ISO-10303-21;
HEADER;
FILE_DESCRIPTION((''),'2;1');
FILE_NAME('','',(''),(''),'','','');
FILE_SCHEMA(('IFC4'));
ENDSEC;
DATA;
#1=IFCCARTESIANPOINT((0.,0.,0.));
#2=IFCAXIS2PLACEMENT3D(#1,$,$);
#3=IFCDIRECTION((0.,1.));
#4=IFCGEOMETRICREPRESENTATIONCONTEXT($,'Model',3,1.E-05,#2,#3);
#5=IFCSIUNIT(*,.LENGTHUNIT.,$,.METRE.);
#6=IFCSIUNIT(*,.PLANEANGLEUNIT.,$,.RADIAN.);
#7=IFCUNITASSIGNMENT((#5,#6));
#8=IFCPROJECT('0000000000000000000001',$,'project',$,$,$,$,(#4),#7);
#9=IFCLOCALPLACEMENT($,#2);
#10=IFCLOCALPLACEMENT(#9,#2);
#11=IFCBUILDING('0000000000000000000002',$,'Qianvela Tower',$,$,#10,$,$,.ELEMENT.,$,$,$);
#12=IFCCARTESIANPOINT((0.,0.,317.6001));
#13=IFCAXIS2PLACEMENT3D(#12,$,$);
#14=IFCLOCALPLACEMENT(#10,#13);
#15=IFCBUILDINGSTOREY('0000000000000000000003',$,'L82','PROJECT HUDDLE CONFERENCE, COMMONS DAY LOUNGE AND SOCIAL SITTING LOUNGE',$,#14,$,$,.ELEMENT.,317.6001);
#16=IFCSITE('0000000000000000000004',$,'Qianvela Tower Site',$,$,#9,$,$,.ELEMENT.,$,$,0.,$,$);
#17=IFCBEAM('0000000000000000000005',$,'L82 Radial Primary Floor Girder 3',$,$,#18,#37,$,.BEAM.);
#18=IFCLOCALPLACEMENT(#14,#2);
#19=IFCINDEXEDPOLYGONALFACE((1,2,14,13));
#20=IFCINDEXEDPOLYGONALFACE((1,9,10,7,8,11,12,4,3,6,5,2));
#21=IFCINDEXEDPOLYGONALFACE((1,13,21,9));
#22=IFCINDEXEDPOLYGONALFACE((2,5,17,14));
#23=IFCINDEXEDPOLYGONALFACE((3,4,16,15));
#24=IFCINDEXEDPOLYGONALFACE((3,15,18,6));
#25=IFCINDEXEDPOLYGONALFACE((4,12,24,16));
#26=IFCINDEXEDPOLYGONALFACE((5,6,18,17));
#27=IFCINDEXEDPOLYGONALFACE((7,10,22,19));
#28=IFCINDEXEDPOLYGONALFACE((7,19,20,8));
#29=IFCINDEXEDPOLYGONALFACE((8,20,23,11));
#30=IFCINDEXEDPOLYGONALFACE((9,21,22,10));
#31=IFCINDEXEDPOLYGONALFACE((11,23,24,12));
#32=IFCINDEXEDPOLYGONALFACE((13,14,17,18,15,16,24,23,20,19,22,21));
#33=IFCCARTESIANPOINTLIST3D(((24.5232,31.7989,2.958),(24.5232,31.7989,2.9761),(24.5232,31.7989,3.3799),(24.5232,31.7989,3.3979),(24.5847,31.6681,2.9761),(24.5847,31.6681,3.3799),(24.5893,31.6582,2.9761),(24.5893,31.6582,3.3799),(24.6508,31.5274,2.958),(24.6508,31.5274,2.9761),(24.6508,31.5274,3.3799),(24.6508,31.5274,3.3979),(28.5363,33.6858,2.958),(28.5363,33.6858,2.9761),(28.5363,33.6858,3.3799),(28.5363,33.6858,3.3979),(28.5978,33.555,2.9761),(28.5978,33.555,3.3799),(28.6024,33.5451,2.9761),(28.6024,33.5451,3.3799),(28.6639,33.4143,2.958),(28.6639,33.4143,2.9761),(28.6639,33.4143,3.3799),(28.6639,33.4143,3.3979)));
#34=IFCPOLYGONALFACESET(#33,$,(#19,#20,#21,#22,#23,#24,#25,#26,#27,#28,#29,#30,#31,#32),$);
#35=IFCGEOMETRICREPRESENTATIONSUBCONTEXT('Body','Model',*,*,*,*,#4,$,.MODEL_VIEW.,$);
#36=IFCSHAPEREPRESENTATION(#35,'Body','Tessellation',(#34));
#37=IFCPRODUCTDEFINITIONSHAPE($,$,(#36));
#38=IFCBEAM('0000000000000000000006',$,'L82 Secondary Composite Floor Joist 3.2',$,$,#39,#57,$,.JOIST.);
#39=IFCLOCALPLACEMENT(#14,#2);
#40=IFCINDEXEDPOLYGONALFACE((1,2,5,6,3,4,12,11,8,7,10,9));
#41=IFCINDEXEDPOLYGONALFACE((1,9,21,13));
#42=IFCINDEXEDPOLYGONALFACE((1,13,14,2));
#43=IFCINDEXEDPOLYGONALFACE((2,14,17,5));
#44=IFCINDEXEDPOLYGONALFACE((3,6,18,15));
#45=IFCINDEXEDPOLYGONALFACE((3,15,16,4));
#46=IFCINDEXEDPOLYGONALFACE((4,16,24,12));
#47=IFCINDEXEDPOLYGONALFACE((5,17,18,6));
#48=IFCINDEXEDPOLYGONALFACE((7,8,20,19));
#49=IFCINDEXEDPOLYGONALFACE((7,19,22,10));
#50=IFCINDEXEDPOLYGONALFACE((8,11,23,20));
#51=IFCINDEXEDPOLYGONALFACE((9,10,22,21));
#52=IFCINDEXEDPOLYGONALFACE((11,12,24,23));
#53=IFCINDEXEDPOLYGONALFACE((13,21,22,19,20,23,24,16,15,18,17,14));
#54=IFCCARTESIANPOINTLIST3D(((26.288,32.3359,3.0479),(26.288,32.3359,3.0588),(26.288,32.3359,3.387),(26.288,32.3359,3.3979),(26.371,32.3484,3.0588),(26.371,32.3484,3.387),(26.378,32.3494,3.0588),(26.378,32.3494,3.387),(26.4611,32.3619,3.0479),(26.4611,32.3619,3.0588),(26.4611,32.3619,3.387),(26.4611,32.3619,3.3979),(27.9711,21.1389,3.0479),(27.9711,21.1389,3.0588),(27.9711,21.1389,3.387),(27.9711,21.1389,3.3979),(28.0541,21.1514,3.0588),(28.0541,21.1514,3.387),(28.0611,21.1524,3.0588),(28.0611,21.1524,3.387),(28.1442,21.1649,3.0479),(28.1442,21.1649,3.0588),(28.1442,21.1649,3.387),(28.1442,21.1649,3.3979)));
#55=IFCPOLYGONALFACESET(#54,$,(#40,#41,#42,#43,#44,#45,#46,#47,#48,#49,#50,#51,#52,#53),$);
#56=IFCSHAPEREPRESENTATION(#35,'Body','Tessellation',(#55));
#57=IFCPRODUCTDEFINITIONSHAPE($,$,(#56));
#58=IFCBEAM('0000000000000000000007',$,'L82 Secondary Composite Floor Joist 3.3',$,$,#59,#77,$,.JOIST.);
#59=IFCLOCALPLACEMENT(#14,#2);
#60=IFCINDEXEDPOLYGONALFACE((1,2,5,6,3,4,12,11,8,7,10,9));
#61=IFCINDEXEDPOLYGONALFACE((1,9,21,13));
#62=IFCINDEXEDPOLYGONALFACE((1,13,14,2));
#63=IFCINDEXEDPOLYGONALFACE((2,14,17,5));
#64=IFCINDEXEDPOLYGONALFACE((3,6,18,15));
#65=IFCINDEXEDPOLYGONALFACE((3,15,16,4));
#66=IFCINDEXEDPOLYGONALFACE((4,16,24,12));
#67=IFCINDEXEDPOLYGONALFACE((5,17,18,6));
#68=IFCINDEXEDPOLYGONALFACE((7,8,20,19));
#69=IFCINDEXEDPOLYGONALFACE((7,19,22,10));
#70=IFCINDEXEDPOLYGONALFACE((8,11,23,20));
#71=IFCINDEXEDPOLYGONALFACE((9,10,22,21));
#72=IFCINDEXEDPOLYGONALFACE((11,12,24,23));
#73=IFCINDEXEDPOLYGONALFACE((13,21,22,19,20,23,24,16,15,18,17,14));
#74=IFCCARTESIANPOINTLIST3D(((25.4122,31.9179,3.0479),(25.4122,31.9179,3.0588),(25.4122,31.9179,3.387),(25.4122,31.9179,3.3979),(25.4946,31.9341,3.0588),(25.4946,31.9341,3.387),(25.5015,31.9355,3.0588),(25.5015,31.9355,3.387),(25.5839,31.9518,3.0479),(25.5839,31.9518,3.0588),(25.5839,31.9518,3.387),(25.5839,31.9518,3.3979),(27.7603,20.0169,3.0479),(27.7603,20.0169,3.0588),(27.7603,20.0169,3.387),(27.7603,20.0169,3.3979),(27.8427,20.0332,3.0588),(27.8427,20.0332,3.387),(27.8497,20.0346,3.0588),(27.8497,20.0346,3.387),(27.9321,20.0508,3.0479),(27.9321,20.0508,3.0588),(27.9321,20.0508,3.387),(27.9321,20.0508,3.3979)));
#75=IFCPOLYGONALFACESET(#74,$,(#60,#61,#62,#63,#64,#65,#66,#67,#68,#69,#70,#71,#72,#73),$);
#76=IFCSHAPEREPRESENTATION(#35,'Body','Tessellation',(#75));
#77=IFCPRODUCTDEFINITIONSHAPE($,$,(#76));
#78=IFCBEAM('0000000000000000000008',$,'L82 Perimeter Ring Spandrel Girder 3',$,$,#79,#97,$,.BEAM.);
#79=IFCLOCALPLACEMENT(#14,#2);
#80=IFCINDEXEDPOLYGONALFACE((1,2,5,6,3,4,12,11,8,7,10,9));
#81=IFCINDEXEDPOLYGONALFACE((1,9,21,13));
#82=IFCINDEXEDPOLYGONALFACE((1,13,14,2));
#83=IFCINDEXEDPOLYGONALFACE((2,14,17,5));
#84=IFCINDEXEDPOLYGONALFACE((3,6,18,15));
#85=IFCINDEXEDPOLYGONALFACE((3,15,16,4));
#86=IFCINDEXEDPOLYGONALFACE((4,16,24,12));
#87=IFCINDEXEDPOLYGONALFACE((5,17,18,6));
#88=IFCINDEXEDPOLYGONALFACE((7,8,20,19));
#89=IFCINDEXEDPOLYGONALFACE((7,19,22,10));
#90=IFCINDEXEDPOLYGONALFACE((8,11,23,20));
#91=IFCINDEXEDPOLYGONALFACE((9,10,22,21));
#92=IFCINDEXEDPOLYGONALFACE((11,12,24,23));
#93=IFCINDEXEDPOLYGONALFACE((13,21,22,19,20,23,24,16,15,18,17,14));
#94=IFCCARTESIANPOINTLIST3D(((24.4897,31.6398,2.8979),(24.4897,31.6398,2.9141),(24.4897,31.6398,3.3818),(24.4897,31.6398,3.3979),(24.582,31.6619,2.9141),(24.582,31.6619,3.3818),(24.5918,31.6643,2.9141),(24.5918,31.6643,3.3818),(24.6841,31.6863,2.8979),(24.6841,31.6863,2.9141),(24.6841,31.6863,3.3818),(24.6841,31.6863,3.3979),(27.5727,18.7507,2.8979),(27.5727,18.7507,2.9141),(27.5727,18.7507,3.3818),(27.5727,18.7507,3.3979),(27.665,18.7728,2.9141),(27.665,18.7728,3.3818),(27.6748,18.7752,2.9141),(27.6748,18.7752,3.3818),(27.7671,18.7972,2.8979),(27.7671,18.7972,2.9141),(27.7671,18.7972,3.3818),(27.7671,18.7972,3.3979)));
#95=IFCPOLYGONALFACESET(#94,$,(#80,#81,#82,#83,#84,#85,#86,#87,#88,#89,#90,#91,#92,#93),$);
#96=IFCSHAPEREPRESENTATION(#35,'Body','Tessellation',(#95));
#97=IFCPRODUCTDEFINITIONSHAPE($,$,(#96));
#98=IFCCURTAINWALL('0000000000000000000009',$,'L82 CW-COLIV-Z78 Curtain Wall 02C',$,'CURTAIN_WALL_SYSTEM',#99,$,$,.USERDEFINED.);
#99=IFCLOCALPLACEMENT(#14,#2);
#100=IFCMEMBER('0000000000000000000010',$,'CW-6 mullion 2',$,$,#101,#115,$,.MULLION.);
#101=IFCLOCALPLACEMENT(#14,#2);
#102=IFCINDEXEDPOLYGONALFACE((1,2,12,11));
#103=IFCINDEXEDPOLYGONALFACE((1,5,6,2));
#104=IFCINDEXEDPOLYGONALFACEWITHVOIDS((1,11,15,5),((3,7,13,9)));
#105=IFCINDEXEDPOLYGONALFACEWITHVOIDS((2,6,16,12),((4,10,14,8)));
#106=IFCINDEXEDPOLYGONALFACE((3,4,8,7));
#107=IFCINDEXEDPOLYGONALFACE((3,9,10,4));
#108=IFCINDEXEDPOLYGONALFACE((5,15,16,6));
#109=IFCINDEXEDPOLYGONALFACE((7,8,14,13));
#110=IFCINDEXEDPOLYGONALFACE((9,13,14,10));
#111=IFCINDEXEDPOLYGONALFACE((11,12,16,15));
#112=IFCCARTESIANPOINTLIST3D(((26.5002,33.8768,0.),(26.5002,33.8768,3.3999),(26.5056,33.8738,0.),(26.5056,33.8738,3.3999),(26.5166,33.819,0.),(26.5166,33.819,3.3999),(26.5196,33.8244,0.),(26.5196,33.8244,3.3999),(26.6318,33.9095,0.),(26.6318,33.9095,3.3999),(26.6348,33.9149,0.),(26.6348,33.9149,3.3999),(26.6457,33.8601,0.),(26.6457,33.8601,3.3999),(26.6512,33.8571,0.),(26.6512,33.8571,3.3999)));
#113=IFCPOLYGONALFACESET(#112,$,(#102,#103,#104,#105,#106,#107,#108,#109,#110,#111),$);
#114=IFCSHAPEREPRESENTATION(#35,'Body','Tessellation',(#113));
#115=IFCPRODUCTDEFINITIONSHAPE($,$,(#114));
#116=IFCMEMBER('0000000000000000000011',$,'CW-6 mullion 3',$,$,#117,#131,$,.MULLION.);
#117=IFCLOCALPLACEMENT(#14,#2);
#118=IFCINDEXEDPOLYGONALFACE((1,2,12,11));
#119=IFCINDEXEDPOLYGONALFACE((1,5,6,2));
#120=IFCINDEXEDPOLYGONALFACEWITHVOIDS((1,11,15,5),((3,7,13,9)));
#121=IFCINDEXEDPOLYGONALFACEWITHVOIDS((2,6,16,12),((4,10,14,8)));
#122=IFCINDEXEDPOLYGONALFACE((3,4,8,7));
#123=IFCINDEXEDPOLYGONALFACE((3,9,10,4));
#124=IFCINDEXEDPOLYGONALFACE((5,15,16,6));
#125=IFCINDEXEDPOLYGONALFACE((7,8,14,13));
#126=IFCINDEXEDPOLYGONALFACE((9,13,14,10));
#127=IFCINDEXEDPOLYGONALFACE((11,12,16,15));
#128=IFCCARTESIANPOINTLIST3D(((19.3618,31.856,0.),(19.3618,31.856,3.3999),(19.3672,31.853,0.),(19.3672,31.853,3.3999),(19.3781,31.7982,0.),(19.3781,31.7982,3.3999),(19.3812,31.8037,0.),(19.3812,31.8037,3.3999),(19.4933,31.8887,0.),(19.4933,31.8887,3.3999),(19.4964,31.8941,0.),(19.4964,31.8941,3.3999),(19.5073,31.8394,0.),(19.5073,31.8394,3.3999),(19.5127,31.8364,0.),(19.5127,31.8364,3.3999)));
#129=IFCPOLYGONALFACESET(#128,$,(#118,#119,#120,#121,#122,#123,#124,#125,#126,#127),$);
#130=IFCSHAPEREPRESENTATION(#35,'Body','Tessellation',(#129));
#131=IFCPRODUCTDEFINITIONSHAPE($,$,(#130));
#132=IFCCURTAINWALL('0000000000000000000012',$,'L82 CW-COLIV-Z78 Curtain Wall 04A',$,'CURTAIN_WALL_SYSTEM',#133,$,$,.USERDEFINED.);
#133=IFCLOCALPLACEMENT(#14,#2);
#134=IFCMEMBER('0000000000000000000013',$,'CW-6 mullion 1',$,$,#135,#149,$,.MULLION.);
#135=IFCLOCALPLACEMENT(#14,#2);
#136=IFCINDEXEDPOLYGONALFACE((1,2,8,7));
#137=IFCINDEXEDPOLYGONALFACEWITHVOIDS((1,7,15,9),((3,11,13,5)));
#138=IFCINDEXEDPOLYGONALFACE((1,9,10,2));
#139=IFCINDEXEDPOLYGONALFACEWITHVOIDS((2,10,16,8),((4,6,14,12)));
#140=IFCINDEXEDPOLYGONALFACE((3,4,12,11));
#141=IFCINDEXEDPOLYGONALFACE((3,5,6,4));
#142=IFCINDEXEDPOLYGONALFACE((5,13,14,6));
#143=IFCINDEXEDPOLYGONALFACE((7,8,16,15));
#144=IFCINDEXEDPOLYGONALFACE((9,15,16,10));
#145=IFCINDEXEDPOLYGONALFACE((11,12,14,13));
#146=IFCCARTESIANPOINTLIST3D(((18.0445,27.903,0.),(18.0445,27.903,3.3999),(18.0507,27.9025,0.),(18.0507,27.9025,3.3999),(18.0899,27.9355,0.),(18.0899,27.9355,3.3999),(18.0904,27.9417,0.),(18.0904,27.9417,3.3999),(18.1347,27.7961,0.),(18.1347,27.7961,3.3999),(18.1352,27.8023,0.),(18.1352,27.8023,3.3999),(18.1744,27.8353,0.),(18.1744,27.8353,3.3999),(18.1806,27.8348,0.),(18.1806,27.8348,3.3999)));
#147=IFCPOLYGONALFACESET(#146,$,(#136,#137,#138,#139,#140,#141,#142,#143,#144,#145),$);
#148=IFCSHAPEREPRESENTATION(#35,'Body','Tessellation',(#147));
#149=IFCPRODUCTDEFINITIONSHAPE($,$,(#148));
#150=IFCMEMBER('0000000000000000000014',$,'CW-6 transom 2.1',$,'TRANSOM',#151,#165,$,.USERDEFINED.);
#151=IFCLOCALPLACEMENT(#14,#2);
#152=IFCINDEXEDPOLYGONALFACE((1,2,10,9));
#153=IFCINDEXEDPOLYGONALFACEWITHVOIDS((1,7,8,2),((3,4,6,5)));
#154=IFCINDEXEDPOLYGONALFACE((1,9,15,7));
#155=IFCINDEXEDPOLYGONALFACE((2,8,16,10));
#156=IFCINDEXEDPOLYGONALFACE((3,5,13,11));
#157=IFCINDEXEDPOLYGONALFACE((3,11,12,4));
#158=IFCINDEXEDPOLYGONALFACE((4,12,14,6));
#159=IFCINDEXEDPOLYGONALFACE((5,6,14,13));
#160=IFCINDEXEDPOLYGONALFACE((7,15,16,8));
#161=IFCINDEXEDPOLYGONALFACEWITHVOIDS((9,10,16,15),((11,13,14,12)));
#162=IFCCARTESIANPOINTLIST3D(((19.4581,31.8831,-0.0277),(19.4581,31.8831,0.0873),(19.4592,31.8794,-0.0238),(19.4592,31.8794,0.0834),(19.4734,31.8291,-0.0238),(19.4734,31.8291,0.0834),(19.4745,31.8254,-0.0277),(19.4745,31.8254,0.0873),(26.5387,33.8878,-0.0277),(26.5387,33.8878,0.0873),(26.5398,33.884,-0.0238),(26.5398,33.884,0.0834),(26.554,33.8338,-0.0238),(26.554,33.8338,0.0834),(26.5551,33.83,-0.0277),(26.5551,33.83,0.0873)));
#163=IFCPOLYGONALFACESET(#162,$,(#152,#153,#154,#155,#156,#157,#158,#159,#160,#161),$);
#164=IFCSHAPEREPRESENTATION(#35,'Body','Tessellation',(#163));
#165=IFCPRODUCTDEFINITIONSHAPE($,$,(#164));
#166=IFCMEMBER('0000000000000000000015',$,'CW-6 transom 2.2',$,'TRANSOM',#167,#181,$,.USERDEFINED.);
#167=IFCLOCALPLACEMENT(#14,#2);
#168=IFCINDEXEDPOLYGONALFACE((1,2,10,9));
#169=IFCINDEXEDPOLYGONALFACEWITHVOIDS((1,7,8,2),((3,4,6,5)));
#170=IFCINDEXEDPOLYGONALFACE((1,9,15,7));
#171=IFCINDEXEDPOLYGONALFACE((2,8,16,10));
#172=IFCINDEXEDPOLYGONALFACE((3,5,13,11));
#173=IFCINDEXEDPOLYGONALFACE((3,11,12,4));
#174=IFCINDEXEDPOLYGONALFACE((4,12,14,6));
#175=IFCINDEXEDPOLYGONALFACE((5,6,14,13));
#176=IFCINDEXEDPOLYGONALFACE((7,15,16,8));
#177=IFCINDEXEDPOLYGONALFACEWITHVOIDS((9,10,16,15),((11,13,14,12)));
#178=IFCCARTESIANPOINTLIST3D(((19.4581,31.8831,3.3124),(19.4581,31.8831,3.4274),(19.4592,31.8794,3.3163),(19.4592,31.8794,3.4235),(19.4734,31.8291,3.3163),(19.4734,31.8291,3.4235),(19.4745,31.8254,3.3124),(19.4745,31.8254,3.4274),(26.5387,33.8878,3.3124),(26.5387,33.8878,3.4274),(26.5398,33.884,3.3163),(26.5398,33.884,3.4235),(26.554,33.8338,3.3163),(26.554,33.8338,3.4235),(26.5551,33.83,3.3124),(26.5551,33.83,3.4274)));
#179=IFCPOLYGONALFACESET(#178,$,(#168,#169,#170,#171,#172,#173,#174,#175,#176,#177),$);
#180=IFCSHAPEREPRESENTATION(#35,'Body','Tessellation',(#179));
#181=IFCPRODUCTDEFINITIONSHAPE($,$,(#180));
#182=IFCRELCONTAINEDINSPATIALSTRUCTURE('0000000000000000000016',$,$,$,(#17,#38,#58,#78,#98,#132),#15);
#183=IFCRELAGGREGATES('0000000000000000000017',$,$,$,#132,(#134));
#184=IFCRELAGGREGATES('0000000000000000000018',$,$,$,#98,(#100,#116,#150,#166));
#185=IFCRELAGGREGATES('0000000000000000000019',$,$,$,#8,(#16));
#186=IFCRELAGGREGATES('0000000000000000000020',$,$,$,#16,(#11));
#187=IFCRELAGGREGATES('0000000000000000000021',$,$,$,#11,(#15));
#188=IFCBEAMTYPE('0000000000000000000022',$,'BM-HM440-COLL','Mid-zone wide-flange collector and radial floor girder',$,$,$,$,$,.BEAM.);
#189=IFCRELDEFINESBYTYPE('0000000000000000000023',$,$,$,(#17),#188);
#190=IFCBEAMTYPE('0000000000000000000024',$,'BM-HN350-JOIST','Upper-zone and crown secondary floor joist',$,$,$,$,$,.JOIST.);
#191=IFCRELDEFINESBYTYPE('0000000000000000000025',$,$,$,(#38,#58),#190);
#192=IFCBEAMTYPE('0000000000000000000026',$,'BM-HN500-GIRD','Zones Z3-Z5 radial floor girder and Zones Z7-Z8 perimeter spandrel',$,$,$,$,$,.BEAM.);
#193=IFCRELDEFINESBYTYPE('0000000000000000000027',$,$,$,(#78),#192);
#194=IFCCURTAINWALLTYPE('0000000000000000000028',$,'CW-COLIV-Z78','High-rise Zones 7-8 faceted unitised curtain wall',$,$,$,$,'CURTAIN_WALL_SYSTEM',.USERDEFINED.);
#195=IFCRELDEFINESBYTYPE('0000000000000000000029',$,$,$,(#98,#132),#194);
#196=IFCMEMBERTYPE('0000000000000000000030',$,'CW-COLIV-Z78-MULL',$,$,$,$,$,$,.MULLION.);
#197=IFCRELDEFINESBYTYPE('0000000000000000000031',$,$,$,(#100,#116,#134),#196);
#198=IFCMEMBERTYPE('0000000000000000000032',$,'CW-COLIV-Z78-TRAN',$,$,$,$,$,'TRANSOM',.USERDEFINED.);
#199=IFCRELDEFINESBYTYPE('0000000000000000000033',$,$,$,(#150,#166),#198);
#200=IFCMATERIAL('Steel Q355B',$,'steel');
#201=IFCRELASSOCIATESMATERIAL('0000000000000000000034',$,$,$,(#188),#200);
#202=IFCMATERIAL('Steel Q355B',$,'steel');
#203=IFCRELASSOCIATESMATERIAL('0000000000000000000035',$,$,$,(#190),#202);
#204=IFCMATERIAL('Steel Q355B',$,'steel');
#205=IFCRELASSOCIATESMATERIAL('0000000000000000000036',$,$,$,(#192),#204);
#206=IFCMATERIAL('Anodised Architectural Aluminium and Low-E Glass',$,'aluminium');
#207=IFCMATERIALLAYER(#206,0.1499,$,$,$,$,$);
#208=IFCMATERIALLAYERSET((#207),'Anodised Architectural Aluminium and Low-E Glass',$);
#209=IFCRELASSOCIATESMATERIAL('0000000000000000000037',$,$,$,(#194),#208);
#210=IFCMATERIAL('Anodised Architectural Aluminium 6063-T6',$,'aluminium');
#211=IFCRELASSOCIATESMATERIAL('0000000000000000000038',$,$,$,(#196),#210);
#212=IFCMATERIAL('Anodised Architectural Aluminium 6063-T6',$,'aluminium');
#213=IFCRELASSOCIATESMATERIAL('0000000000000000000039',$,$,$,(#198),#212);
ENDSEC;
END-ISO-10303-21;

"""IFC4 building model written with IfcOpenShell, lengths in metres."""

from ifc_helpers import new_model, si_unit, direction, frame, origin, origin_2d, place, context, subcontext, project, spatial, hollow_rectangle, i_section, extrude, material, layer, layer_set, material_profile, profile_set, type_object, element, aggregate, save


model = new_model("IFC4")

# Units and contexts
model_context = context("Model", 3, precision=1e-05, world=origin(), true_north=direction((0.0, 1.0)))
body_context = subcontext(model_context, "Body", "Model", "MODEL_VIEW")
ifc_project = project(units=[si_unit("LENGTHUNIT", "METRE"), si_unit("PLANEANGLEUNIT", "RADIAN")], contexts=[model_context])

# Site, building, storey
site_placement = place(None, origin())
site = spatial("IfcSite", under=ifc_project, at=site_placement, Name="Qianvela Tower Site", CompositionType="ELEMENT", RefElevation=0.0)
building_placement = place(site_placement, origin())
building = spatial("IfcBuilding", under=site, at=building_placement, Name="Qianvela Tower", CompositionType="ELEMENT")
storey_placement = place(building_placement, frame((0.0, 0.0, 317.6001)))
storey = spatial("IfcBuildingStorey", under=building, at=storey_placement, Name="L82", Description="PROJECT HUDDLE CONFERENCE, COMMONS DAY LOUNGE AND SOCIAL SITTING LOUNGE", CompositionType="ELEMENT", Elevation=317.6001)

# Beams
ifc_material_1 = material(Name="Steel Q355B", Category="steel")
ifc_material_profile_1 = material_profile(ifc_material_1, i_section(OverallWidth=0.3, OverallDepth=0.4399, WebThickness=0.011, FlangeThickness=0.0181, at=origin_2d()), Name="HM440x300x11x18")
ifc_profile_set_1 = profile_set([ifc_material_profile_1], Name="Steel Q355B")
beam_type_1 = type_object("IfcBeamType", Name="BM-HM440-COLL", Description="Mid-zone wide-flange collector and radial floor girder", PredefinedType="BEAM", material=ifc_profile_set_1)
beam_1_placement = place(storey_placement, frame((28.6001, 33.55, 3.178), z_axis=(-0.904957, -0.425503, 0.0), x_axis=(0.425503, -0.904957, 0.0)))
element("IfcBeam", 1, at=beam_1_placement, inside=storey, type_object=beam_type_1, Name="L82 Radial Primary Floor Girder 3", PredefinedType="BEAM", context=body_context, shape_type="SweptSolid", body=[
    extrude(i_section(OverallWidth=0.3, OverallDepth=0.4399, WebThickness=0.011, FlangeThickness=0.0181, at=origin_2d()), origin(), (0.0, 0.0, 1.0), 4.4346),
])
ifc_material_2 = material(Name="Steel Q355B", Category="steel")
ifc_material_profile_2 = material_profile(ifc_material_2, i_section(OverallWidth=0.175, OverallDepth=0.3501, WebThickness=0.0071, FlangeThickness=0.011, at=origin_2d()), Name="HN350x175x7x11")
ifc_profile_set_2 = profile_set([ifc_material_profile_2], Name="Steel Q355B")
beam_type_2 = type_object("IfcBeamType", Name="BM-HN350-JOIST", Description="Upper-zone and crown secondary floor joist", PredefinedType="JOIST", material=ifc_profile_set_2)
beam_2_placement = place(storey_placement, frame((26.3745, 32.3489, 3.2229), z_axis=(0.148647, -0.98889, 0.0), x_axis=(0.98889, 0.148647, 0.0)))
element("IfcBeam", 2, at=beam_2_placement, inside=storey, type_object=beam_type_2, Name="L82 Secondary Composite Floor Joist 3.2", PredefinedType="JOIST", context=body_context, shape_type="SweptSolid", body=[
    extrude(i_section(OverallWidth=0.175, OverallDepth=0.3501, WebThickness=0.0071, FlangeThickness=0.011, at=origin_2d()), origin(), (0.0, 0.0, 1.0), 11.3228),
])
beam_3_placement = place(storey_placement, frame((25.498, 31.9348, 3.2229), z_axis=(0.193576, -0.981085, 0.0), x_axis=(0.981085, 0.193576, 0.0)))
element("IfcBeam", 3, at=beam_3_placement, inside=storey, type_object=beam_type_2, Name="L82 Secondary Composite Floor Joist 3.3", PredefinedType="JOIST", context=body_context, shape_type="SweptSolid", body=[
    extrude(i_section(OverallWidth=0.175, OverallDepth=0.3501, WebThickness=0.0071, FlangeThickness=0.011, at=origin_2d()), origin(), (0.0, 0.0, 1.0), 12.1304),
])
ifc_material_3 = material(Name="Steel Q355B", Category="steel")
ifc_material_profile_3 = material_profile(ifc_material_3, i_section(OverallWidth=0.2, OverallDepth=0.5, WebThickness=0.01, FlangeThickness=0.0161, at=origin_2d()), Name="HN500x200x10x16")
ifc_profile_set_3 = profile_set([ifc_material_profile_3], Name="Steel Q355B")
beam_type_3 = type_object("IfcBeamType", Name="BM-HN500-GIRD", Description="Zones Z3-Z5 radial floor girder and Zones Z7-Z8 perimeter spandrel", PredefinedType="BEAM", material=ifc_profile_set_3)
beam_4_placement = place(storey_placement, frame((24.5869, 31.6631, 3.1479), z_axis=(0.232632, -0.972565, 0.0), x_axis=(0.972565, 0.232632, 0.0)))
element("IfcBeam", 4, at=beam_4_placement, inside=storey, type_object=beam_type_3, Name="L82 Perimeter Ring Spandrel Girder 3", PredefinedType="BEAM", context=body_context, shape_type="SweptSolid", body=[
    extrude(i_section(OverallWidth=0.2, OverallDepth=0.5, WebThickness=0.01, FlangeThickness=0.0161, at=origin_2d()), origin(), (0.0, 0.0, 1.0), 13.2527),
])

# Curtain wall, members
ifc_material_4 = material(Name="Anodised Architectural Aluminium and Low-E Glass", Category="aluminium")
ifc_layer_1 = layer(ifc_material_4, 0.1499)
ifc_layer_set_1 = layer_set([ifc_layer_1], Name="Anodised Architectural Aluminium and Low-E Glass")
curtain_wall_type = type_object("IfcCurtainWallType", Name="CW-COLIV-Z78", Description="High-rise Zones 7-8 faceted unitised curtain wall", ElementType="CURTAIN_WALL_SYSTEM", PredefinedType="USERDEFINED", material=ifc_layer_set_1)
curtain_wall_1_placement = place(storey_placement, origin())
curtain_wall_1 = element("IfcCurtainWall", 5, at=curtain_wall_1_placement, inside=storey, type_object=curtain_wall_type, Name="L82 CW-COLIV-Z78 Curtain Wall 02C", ObjectType="CURTAIN_WALL_SYSTEM", PredefinedType="USERDEFINED")
ifc_material_5 = material(Name="Anodised Architectural Aluminium 6063-T6", Category="aluminium")
ifc_material_profile_4 = material_profile(ifc_material_5, hollow_rectangle(XDim=0.0601, YDim=0.1399, WallThickness=0.0044, at=origin_2d()), Name="ALU-MULL-60x140")
ifc_profile_set_4 = profile_set([ifc_material_profile_4], Name="Anodised Architectural Aluminium 6063-T6")
member_type_1 = type_object("IfcMemberType", Name="CW-COLIV-Z78-MULL", PredefinedType="MULLION", material=ifc_profile_set_4)
member_1_placement = place(storey_placement, frame((26.5757, 33.8669, 0.0), z_axis=(0.0, 0.0, 1.0), x_axis=(0.272401, -0.962184, 0.0)))
member_1 = element("IfcMember", 6, at=member_1_placement, type_object=member_type_1, Name="CW-6 mullion 2", PredefinedType="MULLION", context=body_context, shape_type="SweptSolid", body=[
    extrude(hollow_rectangle(XDim=0.0601, YDim=0.1399, WallThickness=0.0044, at=origin_2d()), origin(), (0.0, 0.0, 1.0), 3.3999),
])
member_2_placement = place(storey_placement, frame((19.4373, 31.8462, 0.0), z_axis=(0.0, 0.0, 1.0), x_axis=(0.272401, -0.962184, 0.0)))
member_2 = element("IfcMember", 7, at=member_2_placement, type_object=member_type_1, Name="CW-6 mullion 3", PredefinedType="MULLION", context=body_context, shape_type="SweptSolid", body=[
    extrude(hollow_rectangle(XDim=0.0601, YDim=0.1399, WallThickness=0.0044, at=origin_2d()), origin(), (0.0, 0.0, 1.0), 3.3999),
])

# Curtain wall, member
curtain_wall_2_placement = place(storey_placement, origin())
curtain_wall_2 = element("IfcCurtainWall", 8, at=curtain_wall_2_placement, inside=storey, type_object=curtain_wall_type, Name="L82 CW-COLIV-Z78 Curtain Wall 04A", ObjectType="CURTAIN_WALL_SYSTEM", PredefinedType="USERDEFINED")
member_3_placement = place(storey_placement, frame((18.1125, 27.8689, 0.0), z_axis=(0.0, 0.0, 1.0), x_axis=(0.76424, 0.644932, 0.0)))
member_3 = element("IfcMember", 9, at=member_3_placement, type_object=member_type_1, Name="CW-6 mullion 1", PredefinedType="MULLION", context=body_context, shape_type="SweptSolid", body=[
    extrude(hollow_rectangle(XDim=0.0601, YDim=0.1399, WallThickness=0.0044, at=origin_2d()), origin(), (0.0, 0.0, 1.0), 3.3999),
])

# Members
ifc_material_6 = material(Name="Anodised Architectural Aluminium 6063-T6", Category="aluminium")
ifc_material_profile_5 = material_profile(ifc_material_6, hollow_rectangle(XDim=0.0601, YDim=0.115, WallThickness=0.0039, at=origin_2d()), Name="ALU-TRAN-60x115")
ifc_profile_set_5 = profile_set([ifc_material_profile_5], Name="Anodised Architectural Aluminium 6063-T6")
member_type_2 = type_object("IfcMemberType", Name="CW-COLIV-Z78-TRAN", ElementType="TRANSOM", PredefinedType="USERDEFINED", material=ifc_profile_set_5)
member_4_placement = place(storey_placement, frame((26.5469, 33.8589, 0.0298), z_axis=(-0.962181, -0.272411, 0.0), x_axis=(0.272411, -0.962181, 0.0)))
member_4 = element("IfcMember", 10, at=member_4_placement, type_object=member_type_2, Name="CW-6 transom 2.1", ObjectType="TRANSOM", PredefinedType="USERDEFINED", context=body_context, shape_type="SweptSolid", body=[
    extrude(hollow_rectangle(XDim=0.0601, YDim=0.115, WallThickness=0.0039, at=origin_2d()), origin(), (0.0, 0.0, 1.0), 7.3589),
])
member_5_placement = place(storey_placement, frame((26.5469, 33.8589, 3.3699), z_axis=(-0.962181, -0.272411, 0.0), x_axis=(0.272411, -0.962181, 0.0)))
member_5 = element("IfcMember", 11, at=member_5_placement, type_object=member_type_2, Name="CW-6 transom 2.2", ObjectType="TRANSOM", PredefinedType="USERDEFINED", context=body_context, shape_type="SweptSolid", body=[
    extrude(hollow_rectangle(XDim=0.0601, YDim=0.115, WallThickness=0.0039, at=origin_2d()), origin(), (0.0, 0.0, 1.0), 7.3589),
])
aggregate(curtain_wall_2, [member_3])

aggregate(curtain_wall_1, [member_1, member_2, member_4, member_5])

save(model, "model.ifc")
